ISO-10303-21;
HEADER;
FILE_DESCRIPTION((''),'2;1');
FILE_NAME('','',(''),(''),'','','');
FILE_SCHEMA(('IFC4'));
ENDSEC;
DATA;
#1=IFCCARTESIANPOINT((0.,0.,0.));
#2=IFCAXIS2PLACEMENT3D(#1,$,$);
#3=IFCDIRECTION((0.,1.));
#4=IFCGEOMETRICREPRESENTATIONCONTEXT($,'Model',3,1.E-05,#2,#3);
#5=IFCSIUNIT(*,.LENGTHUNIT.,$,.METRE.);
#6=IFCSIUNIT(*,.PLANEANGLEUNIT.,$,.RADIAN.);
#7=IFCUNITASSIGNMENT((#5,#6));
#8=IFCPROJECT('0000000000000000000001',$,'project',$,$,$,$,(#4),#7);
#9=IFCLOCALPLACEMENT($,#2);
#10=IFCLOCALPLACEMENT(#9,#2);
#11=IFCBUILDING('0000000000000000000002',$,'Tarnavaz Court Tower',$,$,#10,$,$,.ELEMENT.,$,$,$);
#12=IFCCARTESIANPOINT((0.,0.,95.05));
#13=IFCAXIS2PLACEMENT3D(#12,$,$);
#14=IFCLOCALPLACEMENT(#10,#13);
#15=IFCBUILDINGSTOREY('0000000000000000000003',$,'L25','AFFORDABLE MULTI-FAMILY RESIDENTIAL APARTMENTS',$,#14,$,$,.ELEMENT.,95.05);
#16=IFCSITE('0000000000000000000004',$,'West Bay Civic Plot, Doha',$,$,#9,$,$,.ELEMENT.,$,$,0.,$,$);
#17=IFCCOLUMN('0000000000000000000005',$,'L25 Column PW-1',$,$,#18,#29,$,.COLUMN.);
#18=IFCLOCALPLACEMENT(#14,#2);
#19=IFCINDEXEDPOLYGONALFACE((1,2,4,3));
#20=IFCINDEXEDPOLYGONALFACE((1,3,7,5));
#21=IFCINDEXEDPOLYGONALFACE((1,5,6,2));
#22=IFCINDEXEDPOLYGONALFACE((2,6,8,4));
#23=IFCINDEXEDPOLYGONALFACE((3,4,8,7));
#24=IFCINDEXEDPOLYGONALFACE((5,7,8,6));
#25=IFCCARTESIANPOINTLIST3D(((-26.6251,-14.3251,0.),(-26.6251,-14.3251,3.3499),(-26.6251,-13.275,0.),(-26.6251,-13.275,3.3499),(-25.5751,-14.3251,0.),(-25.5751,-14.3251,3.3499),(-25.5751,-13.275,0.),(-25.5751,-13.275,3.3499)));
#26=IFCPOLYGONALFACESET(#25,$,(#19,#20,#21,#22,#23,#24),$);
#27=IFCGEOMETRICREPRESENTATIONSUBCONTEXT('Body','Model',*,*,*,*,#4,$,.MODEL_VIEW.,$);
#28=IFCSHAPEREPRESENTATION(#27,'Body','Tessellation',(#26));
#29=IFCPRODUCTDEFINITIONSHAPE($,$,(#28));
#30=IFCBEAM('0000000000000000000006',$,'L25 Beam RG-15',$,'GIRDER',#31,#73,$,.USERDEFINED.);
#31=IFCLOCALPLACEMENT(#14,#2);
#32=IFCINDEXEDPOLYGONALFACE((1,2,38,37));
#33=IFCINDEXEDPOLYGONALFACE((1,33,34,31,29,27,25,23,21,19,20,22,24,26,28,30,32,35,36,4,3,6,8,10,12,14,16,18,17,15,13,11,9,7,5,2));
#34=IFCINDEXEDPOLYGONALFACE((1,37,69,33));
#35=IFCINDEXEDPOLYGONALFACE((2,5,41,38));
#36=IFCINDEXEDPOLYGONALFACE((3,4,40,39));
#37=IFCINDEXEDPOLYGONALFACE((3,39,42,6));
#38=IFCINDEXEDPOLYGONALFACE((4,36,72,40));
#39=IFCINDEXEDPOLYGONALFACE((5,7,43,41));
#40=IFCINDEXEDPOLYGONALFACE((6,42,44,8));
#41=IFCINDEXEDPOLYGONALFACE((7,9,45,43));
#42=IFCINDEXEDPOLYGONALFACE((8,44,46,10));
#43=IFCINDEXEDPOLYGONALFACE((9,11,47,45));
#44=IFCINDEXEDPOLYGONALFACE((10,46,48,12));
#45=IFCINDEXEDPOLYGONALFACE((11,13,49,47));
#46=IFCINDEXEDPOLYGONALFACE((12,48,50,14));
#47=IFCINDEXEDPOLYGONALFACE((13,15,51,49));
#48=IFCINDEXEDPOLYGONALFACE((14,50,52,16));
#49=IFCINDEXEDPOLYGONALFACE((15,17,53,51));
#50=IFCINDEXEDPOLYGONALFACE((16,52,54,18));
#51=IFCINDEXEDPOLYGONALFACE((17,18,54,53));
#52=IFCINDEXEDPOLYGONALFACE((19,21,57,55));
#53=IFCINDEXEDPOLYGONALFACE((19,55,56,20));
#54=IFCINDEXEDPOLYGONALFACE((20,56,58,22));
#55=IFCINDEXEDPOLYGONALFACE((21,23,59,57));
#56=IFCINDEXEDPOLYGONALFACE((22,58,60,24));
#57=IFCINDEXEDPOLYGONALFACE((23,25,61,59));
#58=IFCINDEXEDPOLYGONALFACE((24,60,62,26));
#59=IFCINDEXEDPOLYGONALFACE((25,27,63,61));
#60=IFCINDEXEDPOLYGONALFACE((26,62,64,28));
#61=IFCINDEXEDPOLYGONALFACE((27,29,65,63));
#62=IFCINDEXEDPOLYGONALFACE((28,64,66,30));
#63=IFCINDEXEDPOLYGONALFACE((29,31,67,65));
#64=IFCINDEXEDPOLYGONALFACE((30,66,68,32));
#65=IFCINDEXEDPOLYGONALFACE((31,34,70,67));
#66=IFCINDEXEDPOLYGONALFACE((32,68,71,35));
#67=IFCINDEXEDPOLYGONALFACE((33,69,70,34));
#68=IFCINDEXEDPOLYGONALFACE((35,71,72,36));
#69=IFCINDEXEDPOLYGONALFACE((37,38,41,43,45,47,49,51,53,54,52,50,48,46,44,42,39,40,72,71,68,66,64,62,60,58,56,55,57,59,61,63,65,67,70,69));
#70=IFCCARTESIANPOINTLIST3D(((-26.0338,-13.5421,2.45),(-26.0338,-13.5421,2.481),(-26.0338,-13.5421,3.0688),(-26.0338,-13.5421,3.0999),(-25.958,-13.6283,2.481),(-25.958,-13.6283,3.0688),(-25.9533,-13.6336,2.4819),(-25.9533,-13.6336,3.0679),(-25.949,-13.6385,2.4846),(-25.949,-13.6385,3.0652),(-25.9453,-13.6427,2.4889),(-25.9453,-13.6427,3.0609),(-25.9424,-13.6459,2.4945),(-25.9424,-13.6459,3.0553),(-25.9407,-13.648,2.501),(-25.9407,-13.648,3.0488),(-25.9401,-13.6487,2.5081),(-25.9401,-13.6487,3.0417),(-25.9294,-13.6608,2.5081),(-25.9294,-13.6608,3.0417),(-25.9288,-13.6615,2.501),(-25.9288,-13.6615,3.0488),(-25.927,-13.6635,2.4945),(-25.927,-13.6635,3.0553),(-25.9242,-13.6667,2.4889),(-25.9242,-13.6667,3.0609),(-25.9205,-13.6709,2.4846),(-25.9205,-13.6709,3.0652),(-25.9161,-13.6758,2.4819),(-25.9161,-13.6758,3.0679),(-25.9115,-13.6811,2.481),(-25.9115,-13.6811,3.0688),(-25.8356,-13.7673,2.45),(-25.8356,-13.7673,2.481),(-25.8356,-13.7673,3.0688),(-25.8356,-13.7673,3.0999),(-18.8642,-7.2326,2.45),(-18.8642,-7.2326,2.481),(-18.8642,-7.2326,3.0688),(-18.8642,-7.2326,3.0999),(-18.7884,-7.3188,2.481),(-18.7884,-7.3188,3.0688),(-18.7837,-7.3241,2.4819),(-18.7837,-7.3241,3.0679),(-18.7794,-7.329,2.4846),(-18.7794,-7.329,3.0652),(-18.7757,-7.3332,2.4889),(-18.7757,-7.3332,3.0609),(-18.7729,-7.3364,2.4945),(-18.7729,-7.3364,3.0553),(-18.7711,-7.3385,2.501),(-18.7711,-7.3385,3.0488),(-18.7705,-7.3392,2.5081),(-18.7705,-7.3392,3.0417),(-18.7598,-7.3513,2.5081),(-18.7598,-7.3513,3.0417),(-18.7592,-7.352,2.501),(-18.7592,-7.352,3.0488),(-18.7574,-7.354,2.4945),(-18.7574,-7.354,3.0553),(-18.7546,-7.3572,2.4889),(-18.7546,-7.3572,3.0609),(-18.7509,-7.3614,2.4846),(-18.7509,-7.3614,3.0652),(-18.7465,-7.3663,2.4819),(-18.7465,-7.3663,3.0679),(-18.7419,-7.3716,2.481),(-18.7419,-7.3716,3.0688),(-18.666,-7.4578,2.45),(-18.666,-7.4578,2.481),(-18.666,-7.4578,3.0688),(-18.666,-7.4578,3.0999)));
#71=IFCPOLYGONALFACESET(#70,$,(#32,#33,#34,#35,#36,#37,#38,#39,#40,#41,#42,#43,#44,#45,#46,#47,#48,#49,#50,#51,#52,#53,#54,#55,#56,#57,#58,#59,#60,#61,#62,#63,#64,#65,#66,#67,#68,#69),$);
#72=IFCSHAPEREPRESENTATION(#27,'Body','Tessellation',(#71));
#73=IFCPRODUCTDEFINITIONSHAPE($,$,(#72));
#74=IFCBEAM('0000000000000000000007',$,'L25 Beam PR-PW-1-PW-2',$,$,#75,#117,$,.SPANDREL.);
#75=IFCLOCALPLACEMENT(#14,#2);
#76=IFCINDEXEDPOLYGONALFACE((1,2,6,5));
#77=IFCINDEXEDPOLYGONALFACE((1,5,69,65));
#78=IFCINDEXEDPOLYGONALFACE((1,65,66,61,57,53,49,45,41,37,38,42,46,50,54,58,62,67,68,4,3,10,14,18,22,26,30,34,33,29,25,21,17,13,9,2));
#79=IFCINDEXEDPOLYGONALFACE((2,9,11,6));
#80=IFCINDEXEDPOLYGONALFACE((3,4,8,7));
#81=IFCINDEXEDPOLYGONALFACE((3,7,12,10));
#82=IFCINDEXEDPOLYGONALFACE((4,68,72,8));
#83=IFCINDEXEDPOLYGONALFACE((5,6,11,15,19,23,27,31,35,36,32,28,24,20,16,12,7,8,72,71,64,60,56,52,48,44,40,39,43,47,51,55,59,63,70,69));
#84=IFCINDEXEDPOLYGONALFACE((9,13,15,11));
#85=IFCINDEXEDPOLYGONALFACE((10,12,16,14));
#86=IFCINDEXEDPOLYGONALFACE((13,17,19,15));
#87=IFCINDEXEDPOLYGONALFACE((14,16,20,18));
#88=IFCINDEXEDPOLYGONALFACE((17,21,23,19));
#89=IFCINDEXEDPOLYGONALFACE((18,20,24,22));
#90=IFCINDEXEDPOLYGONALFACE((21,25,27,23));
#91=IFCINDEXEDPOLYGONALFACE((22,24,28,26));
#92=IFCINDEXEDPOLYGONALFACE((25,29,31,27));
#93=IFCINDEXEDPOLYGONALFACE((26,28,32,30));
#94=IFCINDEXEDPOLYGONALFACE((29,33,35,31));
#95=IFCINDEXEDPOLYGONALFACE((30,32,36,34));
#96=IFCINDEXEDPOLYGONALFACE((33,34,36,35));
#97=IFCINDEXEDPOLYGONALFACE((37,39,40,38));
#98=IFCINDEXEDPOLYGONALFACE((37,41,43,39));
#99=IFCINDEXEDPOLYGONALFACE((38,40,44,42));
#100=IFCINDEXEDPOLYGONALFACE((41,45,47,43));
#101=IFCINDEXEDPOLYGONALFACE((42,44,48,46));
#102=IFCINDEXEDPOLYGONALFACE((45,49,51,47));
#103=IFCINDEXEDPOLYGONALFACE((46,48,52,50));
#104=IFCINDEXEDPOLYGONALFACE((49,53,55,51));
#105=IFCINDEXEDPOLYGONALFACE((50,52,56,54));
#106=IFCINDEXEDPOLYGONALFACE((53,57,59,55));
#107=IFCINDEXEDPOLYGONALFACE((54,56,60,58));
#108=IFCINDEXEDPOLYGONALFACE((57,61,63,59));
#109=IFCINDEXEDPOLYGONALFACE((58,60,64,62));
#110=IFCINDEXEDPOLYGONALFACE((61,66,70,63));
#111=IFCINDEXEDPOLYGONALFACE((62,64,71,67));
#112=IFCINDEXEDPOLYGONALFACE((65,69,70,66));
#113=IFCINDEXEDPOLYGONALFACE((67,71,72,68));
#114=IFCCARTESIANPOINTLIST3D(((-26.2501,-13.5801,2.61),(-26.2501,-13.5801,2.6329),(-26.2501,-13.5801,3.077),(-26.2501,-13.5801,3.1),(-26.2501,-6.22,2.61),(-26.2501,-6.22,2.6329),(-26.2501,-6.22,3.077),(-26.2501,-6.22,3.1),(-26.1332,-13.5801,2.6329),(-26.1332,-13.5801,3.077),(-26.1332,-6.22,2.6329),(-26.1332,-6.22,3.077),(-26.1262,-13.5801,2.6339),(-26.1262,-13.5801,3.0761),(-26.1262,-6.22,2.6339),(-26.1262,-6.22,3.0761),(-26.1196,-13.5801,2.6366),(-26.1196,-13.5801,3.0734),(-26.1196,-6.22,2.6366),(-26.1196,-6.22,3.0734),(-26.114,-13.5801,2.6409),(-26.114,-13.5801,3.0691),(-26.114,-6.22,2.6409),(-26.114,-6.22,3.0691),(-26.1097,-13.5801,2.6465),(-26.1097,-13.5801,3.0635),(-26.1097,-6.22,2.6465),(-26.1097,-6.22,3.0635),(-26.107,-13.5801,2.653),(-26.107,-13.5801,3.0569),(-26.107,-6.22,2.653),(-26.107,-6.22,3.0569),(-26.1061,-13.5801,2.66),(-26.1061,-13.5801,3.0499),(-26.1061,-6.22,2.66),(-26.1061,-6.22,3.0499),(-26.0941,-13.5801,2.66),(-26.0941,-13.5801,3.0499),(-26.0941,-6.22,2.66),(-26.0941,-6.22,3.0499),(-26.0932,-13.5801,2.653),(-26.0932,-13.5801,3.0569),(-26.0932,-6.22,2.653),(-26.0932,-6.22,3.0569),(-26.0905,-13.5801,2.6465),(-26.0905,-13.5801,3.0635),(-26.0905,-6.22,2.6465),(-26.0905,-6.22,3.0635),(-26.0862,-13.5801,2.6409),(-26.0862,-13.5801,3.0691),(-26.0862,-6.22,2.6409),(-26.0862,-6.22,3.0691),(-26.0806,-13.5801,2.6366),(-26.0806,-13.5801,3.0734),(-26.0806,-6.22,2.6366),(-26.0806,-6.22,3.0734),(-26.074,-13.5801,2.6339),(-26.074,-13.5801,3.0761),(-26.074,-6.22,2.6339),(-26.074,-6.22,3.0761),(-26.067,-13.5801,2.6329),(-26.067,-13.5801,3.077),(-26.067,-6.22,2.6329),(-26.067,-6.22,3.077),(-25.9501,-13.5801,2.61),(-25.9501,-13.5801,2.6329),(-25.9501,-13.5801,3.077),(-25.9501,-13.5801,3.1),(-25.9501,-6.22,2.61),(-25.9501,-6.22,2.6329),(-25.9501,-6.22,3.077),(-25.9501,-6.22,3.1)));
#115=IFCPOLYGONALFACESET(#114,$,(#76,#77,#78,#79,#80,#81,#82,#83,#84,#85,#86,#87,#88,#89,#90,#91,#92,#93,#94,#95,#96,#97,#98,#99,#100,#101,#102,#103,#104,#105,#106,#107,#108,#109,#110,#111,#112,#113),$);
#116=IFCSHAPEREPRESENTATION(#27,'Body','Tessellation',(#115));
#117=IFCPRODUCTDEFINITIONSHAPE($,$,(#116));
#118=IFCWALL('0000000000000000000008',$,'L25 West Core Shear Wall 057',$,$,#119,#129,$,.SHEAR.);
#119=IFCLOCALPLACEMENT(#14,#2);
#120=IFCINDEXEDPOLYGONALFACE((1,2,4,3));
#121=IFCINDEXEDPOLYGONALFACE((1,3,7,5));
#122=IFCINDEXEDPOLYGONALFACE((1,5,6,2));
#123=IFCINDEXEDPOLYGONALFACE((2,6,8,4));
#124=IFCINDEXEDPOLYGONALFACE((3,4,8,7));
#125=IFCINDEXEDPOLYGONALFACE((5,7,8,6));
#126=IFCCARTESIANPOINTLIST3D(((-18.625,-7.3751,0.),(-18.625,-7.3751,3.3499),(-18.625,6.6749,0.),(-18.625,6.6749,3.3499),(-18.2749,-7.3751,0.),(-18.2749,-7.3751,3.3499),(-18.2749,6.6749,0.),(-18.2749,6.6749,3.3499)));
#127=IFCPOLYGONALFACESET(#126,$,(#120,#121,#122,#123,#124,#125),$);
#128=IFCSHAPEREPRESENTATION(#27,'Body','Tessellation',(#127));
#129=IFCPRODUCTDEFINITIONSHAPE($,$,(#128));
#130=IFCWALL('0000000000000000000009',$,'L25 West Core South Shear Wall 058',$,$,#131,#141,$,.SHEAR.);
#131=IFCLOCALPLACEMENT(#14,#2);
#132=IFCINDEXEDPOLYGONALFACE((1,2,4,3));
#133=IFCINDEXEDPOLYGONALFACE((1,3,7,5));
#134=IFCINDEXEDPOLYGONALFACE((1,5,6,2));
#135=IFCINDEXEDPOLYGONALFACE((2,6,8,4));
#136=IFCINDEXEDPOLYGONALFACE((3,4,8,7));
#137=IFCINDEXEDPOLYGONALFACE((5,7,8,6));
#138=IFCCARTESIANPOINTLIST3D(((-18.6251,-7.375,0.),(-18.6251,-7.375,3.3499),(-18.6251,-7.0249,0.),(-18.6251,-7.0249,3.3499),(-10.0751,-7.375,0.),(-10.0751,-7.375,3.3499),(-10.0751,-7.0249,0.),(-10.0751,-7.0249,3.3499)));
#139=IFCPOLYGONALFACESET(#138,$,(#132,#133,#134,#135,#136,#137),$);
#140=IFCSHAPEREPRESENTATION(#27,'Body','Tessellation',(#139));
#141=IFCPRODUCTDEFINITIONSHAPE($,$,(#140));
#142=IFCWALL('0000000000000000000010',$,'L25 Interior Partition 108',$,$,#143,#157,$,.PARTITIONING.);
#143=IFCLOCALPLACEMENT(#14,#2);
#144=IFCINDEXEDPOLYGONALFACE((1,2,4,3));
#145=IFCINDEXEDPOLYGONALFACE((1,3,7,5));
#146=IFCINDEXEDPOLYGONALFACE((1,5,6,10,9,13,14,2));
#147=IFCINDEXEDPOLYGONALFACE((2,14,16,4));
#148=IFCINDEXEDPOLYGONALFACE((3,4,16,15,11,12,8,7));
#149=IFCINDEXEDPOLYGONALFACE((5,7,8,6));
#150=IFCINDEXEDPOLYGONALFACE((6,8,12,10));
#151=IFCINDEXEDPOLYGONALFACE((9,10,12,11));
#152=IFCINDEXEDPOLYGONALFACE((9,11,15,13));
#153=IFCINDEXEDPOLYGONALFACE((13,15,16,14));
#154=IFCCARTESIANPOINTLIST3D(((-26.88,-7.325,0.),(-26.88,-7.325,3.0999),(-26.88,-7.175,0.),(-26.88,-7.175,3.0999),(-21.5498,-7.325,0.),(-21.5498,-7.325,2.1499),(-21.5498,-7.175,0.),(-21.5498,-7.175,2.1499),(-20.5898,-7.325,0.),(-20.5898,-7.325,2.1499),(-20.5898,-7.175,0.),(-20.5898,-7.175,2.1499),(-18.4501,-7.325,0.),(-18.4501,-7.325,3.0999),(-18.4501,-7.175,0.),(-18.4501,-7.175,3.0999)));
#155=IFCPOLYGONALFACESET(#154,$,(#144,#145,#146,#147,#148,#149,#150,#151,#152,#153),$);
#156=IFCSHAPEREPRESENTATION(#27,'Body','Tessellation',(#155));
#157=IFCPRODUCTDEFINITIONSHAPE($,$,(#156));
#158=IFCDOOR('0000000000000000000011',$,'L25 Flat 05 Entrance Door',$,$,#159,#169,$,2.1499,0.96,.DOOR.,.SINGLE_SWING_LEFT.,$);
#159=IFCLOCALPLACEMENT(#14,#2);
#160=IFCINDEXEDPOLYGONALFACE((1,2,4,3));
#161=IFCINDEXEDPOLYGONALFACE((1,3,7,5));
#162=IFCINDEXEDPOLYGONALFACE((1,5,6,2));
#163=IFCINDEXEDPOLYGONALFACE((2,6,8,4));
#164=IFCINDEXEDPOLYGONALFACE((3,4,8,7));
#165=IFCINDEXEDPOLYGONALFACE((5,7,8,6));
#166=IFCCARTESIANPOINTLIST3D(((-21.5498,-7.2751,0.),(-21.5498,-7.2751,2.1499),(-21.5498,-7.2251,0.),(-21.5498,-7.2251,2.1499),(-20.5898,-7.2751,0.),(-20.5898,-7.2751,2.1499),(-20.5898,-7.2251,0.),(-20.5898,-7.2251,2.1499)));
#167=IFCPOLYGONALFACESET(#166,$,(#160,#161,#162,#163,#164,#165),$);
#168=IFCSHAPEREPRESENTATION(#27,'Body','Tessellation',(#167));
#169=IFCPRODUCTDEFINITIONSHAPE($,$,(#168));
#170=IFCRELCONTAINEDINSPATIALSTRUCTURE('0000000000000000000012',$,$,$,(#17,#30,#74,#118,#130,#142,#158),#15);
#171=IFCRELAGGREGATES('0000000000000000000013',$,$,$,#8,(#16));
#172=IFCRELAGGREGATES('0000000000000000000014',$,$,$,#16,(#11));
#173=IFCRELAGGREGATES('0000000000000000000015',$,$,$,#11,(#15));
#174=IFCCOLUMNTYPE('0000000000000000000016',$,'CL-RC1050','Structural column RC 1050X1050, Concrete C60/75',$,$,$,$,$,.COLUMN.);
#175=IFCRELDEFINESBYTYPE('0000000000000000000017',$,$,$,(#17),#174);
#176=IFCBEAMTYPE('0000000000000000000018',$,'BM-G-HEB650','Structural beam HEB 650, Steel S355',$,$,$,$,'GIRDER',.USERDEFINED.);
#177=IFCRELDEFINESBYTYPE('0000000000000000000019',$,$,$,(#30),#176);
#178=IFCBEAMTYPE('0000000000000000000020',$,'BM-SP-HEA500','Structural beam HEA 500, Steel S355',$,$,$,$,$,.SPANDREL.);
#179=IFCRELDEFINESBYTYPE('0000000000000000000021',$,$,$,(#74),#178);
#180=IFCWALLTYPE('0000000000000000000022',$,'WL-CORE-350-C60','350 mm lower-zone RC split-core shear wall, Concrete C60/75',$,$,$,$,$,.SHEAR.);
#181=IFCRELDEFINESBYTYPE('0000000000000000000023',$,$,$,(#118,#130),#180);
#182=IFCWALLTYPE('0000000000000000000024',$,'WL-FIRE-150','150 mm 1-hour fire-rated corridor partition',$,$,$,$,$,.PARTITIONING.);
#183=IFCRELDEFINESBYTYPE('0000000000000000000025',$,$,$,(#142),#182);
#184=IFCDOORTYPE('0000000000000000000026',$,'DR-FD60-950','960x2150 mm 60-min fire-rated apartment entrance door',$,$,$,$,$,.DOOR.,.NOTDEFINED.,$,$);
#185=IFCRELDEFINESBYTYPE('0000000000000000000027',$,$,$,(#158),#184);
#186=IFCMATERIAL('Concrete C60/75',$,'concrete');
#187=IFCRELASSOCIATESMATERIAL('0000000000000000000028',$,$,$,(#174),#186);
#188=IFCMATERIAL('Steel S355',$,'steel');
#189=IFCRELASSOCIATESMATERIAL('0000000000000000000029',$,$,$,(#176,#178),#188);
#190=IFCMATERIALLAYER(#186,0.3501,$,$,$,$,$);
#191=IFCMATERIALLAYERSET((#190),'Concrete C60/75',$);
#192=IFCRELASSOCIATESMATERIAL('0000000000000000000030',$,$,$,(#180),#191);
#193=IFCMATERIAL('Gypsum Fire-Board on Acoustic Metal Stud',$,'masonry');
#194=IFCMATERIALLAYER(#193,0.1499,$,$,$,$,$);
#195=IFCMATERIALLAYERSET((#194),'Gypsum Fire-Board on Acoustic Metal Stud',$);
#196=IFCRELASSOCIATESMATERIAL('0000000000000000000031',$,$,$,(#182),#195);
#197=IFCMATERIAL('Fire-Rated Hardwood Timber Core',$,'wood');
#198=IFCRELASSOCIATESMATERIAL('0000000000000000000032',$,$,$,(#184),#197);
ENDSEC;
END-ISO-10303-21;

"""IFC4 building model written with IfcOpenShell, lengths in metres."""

from ifc_helpers import new_model, si_unit, direction, frame, frame_2d, origin, origin_2d, place, context, subcontext, project, spatial, rectangle, i_section, extrude, material, layer, layer_set, material_profile, profile_set, type_object, element, fill, save


model = new_model("IFC4")

# Units and contexts
model_context = context("Model", 3, precision=1e-05, world=origin(), true_north=direction((0.0, 1.0)))
body_context = subcontext(model_context, "Body", "Model", "MODEL_VIEW")
ifc_project = project(units=[si_unit("LENGTHUNIT", "METRE"), si_unit("PLANEANGLEUNIT", "RADIAN")], contexts=[model_context])

# Site, building, storey
site_placement = place(None, origin())
site = spatial("IfcSite", under=ifc_project, at=site_placement, Name="West Bay Civic Plot, Doha", CompositionType="ELEMENT", RefElevation=0.0)
building_placement = place(site_placement, origin())
building = spatial("IfcBuilding", under=site, at=building_placement, Name="Tarnavaz Court Tower", CompositionType="ELEMENT")
storey_placement = place(building_placement, frame((0.0, 0.0, 95.05)))
storey = spatial("IfcBuildingStorey", under=building, at=storey_placement, Name="L25", Description="AFFORDABLE MULTI-FAMILY RESIDENTIAL APARTMENTS", CompositionType="ELEMENT", Elevation=95.05)

# Column
ifc_material_1 = material(Name="Concrete C60/75", Category="concrete")
ifc_material_profile_1 = material_profile(ifc_material_1, rectangle(XDim=1.05, YDim=1.05, at=origin_2d()), Name="RC 1050X1050")
ifc_profile_set_1 = profile_set([ifc_material_profile_1], Name="Concrete C60/75")
column_type = type_object("IfcColumnType", Name="CL-RC1050", Description="Structural column RC 1050X1050, Concrete C60/75", PredefinedType="COLUMN", material=ifc_profile_set_1)
column_placement = place(storey_placement, frame((-26.1001, -13.8, 0.0), z_axis=(0.0, 0.0, 1.0), x_axis=(1.0, 0.0, 0.0)))
element("IfcColumn", 1, at=column_placement, inside=storey, type_object=column_type, Name="L25 Column PW-1", PredefinedType="COLUMN", context=body_context, shape_type="SweptSolid", body=[
    extrude(rectangle(XDim=1.05, YDim=1.05, at=origin_2d()), origin(), (0.0, 0.0, 1.0), 3.3499),
])

# Beams
ifc_material_2 = material(Name="Steel S355", Category="steel")
ifc_material_profile_2 = material_profile(ifc_material_2, i_section(OverallWidth=0.3, OverallDepth=0.6499, WebThickness=0.0161, FlangeThickness=0.031, FilletRadius=0.0271, at=origin_2d()), Name="HEB 650")
ifc_profile_set_2 = profile_set([ifc_material_profile_2], Name="Steel S355")
beam_type_1 = type_object("IfcBeamType", Name="BM-G-HEB650", Description="Structural beam HEB 650, Steel S355", ElementType="GIRDER", PredefinedType="USERDEFINED", material=ifc_profile_set_2)
beam_1_placement = place(storey_placement, frame((-18.7651, -7.3452, 2.7749), z_axis=(-0.7507, -0.660643, 0.0), x_axis=(0.660643, -0.7507, 0.0)))
element("IfcBeam", 2, at=beam_1_placement, inside=storey, type_object=beam_type_1, Name="L25 Beam RG-15", ObjectType="GIRDER", PredefinedType="USERDEFINED", context=body_context, shape_type="SweptSolid", body=[
    extrude(i_section(OverallWidth=0.3, OverallDepth=0.6499, WebThickness=0.0161, FlangeThickness=0.031, FilletRadius=0.0271, at=origin_2d()), origin(), (0.0, 0.0, 1.0), 9.5505),
])
ifc_material_profile_3 = material_profile(ifc_material_2, i_section(OverallWidth=0.3, OverallDepth=0.49, WebThickness=0.012, FlangeThickness=0.0229, FilletRadius=0.0271, at=origin_2d()), Name="HEA 500")
ifc_profile_set_3 = profile_set([ifc_material_profile_3], Name="Steel S355")
beam_type_2 = type_object("IfcBeamType", Name="BM-SP-HEA500", Description="Structural beam HEA 500, Steel S355", PredefinedType="SPANDREL", material=ifc_profile_set_3)
beam_2_placement = place(storey_placement, frame((-26.1001, -13.5801, 2.855), z_axis=(0.0, 1.0, 0.0), x_axis=(-1.0, 0.0, 0.0)))
element("IfcBeam", 3, at=beam_2_placement, inside=storey, type_object=beam_type_2, Name="L25 Beam PR-PW-1-PW-2", PredefinedType="SPANDREL", context=body_context, shape_type="SweptSolid", body=[
    extrude(i_section(OverallWidth=0.3, OverallDepth=0.49, WebThickness=0.012, FlangeThickness=0.0229, FilletRadius=0.0271, at=origin_2d()), origin(), (0.0, 0.0, 1.0), 7.3601),
])

# Walls
ifc_layer_1 = layer(ifc_material_1, 0.3501)
ifc_layer_set_1 = layer_set([ifc_layer_1], Name="Concrete C60/75")
wall_type_1 = type_object("IfcWallType", Name="WL-CORE-350-C60", Description="350 mm lower-zone RC split-core shear wall, Concrete C60/75", PredefinedType="SHEAR", material=ifc_layer_set_1)
wall_1_placement = place(storey_placement, frame((-18.45, -7.375, 0.0), z_axis=(0.0, 0.0, 1.0), x_axis=(0.0, 1.0, 0.0)))
element("IfcWall", 4, at=wall_1_placement, inside=storey, type_object=wall_type_1, Name="L25 West Core Shear Wall 057", PredefinedType="SHEAR", context=body_context, shape_type="SweptSolid", body=[
    extrude(rectangle(XDim=14.05, YDim=0.3501, at=frame_2d((7.0249, 0.0))), origin(), (0.0, 0.0, 1.0), 3.3499),
])
wall_2_placement = place(storey_placement, frame((-18.625, -7.2, 0.0), z_axis=(0.0, 0.0, 1.0), x_axis=(1.0, 0.0, 0.0)))
element("IfcWall", 5, at=wall_2_placement, inside=storey, type_object=wall_type_1, Name="L25 West Core South Shear Wall 058", PredefinedType="SHEAR", context=body_context, shape_type="SweptSolid", body=[
    extrude(rectangle(XDim=8.55, YDim=0.3501, at=frame_2d((4.2749, 0.0))), origin(), (0.0, 0.0, 1.0), 3.3499),
])

# Shared definitions
ifc_material_3 = material(Name="Gypsum Fire-Board on Acoustic Metal Stud", Category="masonry")
ifc_layer_2 = layer(ifc_material_3, 0.1499)
ifc_layer_set_2 = layer_set([ifc_layer_2], Name="Gypsum Fire-Board on Acoustic Metal Stud")
wall_type_2 = type_object("IfcWallType", Name="WL-FIRE-150", Description="150 mm 1-hour fire-rated corridor partition", PredefinedType="PARTITIONING", material=ifc_layer_set_2)

# Wall, opening, door
wall_3_placement = place(storey_placement, frame((-26.8799, -7.25, 0.0), z_axis=(0.0, 0.0, 1.0), x_axis=(1.0, 0.0, 0.0)))
wall_3 = element("IfcWall", 6, at=wall_3_placement, inside=storey, type_object=wall_type_2, Name="L25 Interior Partition 108", PredefinedType="PARTITIONING", context=body_context, shape_type="SweptSolid", body=[
    extrude(rectangle(XDim=8.4299, YDim=0.1499, at=frame_2d((4.2148, 0.0))), origin(), (0.0, 0.0, 1.0), 3.0999),
])
opening_1_placement = place(wall_3_placement, frame((5.3301, 0.0, 0.0)))
opening_1 = element("IfcOpeningElement", 7, at=opening_1_placement, cuts=wall_3, PredefinedType="OPENING", context=body_context, shape_type="SweptSolid", body=[
    extrude(rectangle(XDim=0.96, YDim=2.1499, at=frame_2d((0.48, 1.075))), frame((0.0, 0.085, 0.0), z_axis=(0.0, -1.0, 0.0), x_axis=(1.0, 0.0, 0.0)), (0.0, 0.0, 1.0), 0.1699),
])
ifc_material_4 = material(Name="Fire-Rated Hardwood Timber Core", Category="wood")
door_type_1 = type_object("IfcDoorType", Name="DR-FD60-950", Description="960x2150 mm 60-min fire-rated apartment entrance door", OperationType="NOTDEFINED", PredefinedType="DOOR", material=ifc_material_4)
door_1_placement = place(opening_1_placement, origin())
door_1 = element("IfcDoor", 8, at=door_1_placement, inside=storey, type_object=door_type_1, Name="L25 Flat 05 Entrance Door", OperationType="SINGLE_SWING_LEFT", OverallHeight=2.1499, OverallWidth=0.96, PredefinedType="DOOR", context=body_context, shape_type="SweptSolid", body=[
    extrude(rectangle(XDim=0.96, YDim=2.1499, at=frame_2d((0.48, 1.075))), frame((0.0, 0.0249, 0.0), z_axis=(0.0, -1.0, 0.0), x_axis=(1.0, 0.0, 0.0)), (0.0, 0.0, 1.0), 0.05),
])
fill(opening_1, door_1)

save(model, "model.ifc")
